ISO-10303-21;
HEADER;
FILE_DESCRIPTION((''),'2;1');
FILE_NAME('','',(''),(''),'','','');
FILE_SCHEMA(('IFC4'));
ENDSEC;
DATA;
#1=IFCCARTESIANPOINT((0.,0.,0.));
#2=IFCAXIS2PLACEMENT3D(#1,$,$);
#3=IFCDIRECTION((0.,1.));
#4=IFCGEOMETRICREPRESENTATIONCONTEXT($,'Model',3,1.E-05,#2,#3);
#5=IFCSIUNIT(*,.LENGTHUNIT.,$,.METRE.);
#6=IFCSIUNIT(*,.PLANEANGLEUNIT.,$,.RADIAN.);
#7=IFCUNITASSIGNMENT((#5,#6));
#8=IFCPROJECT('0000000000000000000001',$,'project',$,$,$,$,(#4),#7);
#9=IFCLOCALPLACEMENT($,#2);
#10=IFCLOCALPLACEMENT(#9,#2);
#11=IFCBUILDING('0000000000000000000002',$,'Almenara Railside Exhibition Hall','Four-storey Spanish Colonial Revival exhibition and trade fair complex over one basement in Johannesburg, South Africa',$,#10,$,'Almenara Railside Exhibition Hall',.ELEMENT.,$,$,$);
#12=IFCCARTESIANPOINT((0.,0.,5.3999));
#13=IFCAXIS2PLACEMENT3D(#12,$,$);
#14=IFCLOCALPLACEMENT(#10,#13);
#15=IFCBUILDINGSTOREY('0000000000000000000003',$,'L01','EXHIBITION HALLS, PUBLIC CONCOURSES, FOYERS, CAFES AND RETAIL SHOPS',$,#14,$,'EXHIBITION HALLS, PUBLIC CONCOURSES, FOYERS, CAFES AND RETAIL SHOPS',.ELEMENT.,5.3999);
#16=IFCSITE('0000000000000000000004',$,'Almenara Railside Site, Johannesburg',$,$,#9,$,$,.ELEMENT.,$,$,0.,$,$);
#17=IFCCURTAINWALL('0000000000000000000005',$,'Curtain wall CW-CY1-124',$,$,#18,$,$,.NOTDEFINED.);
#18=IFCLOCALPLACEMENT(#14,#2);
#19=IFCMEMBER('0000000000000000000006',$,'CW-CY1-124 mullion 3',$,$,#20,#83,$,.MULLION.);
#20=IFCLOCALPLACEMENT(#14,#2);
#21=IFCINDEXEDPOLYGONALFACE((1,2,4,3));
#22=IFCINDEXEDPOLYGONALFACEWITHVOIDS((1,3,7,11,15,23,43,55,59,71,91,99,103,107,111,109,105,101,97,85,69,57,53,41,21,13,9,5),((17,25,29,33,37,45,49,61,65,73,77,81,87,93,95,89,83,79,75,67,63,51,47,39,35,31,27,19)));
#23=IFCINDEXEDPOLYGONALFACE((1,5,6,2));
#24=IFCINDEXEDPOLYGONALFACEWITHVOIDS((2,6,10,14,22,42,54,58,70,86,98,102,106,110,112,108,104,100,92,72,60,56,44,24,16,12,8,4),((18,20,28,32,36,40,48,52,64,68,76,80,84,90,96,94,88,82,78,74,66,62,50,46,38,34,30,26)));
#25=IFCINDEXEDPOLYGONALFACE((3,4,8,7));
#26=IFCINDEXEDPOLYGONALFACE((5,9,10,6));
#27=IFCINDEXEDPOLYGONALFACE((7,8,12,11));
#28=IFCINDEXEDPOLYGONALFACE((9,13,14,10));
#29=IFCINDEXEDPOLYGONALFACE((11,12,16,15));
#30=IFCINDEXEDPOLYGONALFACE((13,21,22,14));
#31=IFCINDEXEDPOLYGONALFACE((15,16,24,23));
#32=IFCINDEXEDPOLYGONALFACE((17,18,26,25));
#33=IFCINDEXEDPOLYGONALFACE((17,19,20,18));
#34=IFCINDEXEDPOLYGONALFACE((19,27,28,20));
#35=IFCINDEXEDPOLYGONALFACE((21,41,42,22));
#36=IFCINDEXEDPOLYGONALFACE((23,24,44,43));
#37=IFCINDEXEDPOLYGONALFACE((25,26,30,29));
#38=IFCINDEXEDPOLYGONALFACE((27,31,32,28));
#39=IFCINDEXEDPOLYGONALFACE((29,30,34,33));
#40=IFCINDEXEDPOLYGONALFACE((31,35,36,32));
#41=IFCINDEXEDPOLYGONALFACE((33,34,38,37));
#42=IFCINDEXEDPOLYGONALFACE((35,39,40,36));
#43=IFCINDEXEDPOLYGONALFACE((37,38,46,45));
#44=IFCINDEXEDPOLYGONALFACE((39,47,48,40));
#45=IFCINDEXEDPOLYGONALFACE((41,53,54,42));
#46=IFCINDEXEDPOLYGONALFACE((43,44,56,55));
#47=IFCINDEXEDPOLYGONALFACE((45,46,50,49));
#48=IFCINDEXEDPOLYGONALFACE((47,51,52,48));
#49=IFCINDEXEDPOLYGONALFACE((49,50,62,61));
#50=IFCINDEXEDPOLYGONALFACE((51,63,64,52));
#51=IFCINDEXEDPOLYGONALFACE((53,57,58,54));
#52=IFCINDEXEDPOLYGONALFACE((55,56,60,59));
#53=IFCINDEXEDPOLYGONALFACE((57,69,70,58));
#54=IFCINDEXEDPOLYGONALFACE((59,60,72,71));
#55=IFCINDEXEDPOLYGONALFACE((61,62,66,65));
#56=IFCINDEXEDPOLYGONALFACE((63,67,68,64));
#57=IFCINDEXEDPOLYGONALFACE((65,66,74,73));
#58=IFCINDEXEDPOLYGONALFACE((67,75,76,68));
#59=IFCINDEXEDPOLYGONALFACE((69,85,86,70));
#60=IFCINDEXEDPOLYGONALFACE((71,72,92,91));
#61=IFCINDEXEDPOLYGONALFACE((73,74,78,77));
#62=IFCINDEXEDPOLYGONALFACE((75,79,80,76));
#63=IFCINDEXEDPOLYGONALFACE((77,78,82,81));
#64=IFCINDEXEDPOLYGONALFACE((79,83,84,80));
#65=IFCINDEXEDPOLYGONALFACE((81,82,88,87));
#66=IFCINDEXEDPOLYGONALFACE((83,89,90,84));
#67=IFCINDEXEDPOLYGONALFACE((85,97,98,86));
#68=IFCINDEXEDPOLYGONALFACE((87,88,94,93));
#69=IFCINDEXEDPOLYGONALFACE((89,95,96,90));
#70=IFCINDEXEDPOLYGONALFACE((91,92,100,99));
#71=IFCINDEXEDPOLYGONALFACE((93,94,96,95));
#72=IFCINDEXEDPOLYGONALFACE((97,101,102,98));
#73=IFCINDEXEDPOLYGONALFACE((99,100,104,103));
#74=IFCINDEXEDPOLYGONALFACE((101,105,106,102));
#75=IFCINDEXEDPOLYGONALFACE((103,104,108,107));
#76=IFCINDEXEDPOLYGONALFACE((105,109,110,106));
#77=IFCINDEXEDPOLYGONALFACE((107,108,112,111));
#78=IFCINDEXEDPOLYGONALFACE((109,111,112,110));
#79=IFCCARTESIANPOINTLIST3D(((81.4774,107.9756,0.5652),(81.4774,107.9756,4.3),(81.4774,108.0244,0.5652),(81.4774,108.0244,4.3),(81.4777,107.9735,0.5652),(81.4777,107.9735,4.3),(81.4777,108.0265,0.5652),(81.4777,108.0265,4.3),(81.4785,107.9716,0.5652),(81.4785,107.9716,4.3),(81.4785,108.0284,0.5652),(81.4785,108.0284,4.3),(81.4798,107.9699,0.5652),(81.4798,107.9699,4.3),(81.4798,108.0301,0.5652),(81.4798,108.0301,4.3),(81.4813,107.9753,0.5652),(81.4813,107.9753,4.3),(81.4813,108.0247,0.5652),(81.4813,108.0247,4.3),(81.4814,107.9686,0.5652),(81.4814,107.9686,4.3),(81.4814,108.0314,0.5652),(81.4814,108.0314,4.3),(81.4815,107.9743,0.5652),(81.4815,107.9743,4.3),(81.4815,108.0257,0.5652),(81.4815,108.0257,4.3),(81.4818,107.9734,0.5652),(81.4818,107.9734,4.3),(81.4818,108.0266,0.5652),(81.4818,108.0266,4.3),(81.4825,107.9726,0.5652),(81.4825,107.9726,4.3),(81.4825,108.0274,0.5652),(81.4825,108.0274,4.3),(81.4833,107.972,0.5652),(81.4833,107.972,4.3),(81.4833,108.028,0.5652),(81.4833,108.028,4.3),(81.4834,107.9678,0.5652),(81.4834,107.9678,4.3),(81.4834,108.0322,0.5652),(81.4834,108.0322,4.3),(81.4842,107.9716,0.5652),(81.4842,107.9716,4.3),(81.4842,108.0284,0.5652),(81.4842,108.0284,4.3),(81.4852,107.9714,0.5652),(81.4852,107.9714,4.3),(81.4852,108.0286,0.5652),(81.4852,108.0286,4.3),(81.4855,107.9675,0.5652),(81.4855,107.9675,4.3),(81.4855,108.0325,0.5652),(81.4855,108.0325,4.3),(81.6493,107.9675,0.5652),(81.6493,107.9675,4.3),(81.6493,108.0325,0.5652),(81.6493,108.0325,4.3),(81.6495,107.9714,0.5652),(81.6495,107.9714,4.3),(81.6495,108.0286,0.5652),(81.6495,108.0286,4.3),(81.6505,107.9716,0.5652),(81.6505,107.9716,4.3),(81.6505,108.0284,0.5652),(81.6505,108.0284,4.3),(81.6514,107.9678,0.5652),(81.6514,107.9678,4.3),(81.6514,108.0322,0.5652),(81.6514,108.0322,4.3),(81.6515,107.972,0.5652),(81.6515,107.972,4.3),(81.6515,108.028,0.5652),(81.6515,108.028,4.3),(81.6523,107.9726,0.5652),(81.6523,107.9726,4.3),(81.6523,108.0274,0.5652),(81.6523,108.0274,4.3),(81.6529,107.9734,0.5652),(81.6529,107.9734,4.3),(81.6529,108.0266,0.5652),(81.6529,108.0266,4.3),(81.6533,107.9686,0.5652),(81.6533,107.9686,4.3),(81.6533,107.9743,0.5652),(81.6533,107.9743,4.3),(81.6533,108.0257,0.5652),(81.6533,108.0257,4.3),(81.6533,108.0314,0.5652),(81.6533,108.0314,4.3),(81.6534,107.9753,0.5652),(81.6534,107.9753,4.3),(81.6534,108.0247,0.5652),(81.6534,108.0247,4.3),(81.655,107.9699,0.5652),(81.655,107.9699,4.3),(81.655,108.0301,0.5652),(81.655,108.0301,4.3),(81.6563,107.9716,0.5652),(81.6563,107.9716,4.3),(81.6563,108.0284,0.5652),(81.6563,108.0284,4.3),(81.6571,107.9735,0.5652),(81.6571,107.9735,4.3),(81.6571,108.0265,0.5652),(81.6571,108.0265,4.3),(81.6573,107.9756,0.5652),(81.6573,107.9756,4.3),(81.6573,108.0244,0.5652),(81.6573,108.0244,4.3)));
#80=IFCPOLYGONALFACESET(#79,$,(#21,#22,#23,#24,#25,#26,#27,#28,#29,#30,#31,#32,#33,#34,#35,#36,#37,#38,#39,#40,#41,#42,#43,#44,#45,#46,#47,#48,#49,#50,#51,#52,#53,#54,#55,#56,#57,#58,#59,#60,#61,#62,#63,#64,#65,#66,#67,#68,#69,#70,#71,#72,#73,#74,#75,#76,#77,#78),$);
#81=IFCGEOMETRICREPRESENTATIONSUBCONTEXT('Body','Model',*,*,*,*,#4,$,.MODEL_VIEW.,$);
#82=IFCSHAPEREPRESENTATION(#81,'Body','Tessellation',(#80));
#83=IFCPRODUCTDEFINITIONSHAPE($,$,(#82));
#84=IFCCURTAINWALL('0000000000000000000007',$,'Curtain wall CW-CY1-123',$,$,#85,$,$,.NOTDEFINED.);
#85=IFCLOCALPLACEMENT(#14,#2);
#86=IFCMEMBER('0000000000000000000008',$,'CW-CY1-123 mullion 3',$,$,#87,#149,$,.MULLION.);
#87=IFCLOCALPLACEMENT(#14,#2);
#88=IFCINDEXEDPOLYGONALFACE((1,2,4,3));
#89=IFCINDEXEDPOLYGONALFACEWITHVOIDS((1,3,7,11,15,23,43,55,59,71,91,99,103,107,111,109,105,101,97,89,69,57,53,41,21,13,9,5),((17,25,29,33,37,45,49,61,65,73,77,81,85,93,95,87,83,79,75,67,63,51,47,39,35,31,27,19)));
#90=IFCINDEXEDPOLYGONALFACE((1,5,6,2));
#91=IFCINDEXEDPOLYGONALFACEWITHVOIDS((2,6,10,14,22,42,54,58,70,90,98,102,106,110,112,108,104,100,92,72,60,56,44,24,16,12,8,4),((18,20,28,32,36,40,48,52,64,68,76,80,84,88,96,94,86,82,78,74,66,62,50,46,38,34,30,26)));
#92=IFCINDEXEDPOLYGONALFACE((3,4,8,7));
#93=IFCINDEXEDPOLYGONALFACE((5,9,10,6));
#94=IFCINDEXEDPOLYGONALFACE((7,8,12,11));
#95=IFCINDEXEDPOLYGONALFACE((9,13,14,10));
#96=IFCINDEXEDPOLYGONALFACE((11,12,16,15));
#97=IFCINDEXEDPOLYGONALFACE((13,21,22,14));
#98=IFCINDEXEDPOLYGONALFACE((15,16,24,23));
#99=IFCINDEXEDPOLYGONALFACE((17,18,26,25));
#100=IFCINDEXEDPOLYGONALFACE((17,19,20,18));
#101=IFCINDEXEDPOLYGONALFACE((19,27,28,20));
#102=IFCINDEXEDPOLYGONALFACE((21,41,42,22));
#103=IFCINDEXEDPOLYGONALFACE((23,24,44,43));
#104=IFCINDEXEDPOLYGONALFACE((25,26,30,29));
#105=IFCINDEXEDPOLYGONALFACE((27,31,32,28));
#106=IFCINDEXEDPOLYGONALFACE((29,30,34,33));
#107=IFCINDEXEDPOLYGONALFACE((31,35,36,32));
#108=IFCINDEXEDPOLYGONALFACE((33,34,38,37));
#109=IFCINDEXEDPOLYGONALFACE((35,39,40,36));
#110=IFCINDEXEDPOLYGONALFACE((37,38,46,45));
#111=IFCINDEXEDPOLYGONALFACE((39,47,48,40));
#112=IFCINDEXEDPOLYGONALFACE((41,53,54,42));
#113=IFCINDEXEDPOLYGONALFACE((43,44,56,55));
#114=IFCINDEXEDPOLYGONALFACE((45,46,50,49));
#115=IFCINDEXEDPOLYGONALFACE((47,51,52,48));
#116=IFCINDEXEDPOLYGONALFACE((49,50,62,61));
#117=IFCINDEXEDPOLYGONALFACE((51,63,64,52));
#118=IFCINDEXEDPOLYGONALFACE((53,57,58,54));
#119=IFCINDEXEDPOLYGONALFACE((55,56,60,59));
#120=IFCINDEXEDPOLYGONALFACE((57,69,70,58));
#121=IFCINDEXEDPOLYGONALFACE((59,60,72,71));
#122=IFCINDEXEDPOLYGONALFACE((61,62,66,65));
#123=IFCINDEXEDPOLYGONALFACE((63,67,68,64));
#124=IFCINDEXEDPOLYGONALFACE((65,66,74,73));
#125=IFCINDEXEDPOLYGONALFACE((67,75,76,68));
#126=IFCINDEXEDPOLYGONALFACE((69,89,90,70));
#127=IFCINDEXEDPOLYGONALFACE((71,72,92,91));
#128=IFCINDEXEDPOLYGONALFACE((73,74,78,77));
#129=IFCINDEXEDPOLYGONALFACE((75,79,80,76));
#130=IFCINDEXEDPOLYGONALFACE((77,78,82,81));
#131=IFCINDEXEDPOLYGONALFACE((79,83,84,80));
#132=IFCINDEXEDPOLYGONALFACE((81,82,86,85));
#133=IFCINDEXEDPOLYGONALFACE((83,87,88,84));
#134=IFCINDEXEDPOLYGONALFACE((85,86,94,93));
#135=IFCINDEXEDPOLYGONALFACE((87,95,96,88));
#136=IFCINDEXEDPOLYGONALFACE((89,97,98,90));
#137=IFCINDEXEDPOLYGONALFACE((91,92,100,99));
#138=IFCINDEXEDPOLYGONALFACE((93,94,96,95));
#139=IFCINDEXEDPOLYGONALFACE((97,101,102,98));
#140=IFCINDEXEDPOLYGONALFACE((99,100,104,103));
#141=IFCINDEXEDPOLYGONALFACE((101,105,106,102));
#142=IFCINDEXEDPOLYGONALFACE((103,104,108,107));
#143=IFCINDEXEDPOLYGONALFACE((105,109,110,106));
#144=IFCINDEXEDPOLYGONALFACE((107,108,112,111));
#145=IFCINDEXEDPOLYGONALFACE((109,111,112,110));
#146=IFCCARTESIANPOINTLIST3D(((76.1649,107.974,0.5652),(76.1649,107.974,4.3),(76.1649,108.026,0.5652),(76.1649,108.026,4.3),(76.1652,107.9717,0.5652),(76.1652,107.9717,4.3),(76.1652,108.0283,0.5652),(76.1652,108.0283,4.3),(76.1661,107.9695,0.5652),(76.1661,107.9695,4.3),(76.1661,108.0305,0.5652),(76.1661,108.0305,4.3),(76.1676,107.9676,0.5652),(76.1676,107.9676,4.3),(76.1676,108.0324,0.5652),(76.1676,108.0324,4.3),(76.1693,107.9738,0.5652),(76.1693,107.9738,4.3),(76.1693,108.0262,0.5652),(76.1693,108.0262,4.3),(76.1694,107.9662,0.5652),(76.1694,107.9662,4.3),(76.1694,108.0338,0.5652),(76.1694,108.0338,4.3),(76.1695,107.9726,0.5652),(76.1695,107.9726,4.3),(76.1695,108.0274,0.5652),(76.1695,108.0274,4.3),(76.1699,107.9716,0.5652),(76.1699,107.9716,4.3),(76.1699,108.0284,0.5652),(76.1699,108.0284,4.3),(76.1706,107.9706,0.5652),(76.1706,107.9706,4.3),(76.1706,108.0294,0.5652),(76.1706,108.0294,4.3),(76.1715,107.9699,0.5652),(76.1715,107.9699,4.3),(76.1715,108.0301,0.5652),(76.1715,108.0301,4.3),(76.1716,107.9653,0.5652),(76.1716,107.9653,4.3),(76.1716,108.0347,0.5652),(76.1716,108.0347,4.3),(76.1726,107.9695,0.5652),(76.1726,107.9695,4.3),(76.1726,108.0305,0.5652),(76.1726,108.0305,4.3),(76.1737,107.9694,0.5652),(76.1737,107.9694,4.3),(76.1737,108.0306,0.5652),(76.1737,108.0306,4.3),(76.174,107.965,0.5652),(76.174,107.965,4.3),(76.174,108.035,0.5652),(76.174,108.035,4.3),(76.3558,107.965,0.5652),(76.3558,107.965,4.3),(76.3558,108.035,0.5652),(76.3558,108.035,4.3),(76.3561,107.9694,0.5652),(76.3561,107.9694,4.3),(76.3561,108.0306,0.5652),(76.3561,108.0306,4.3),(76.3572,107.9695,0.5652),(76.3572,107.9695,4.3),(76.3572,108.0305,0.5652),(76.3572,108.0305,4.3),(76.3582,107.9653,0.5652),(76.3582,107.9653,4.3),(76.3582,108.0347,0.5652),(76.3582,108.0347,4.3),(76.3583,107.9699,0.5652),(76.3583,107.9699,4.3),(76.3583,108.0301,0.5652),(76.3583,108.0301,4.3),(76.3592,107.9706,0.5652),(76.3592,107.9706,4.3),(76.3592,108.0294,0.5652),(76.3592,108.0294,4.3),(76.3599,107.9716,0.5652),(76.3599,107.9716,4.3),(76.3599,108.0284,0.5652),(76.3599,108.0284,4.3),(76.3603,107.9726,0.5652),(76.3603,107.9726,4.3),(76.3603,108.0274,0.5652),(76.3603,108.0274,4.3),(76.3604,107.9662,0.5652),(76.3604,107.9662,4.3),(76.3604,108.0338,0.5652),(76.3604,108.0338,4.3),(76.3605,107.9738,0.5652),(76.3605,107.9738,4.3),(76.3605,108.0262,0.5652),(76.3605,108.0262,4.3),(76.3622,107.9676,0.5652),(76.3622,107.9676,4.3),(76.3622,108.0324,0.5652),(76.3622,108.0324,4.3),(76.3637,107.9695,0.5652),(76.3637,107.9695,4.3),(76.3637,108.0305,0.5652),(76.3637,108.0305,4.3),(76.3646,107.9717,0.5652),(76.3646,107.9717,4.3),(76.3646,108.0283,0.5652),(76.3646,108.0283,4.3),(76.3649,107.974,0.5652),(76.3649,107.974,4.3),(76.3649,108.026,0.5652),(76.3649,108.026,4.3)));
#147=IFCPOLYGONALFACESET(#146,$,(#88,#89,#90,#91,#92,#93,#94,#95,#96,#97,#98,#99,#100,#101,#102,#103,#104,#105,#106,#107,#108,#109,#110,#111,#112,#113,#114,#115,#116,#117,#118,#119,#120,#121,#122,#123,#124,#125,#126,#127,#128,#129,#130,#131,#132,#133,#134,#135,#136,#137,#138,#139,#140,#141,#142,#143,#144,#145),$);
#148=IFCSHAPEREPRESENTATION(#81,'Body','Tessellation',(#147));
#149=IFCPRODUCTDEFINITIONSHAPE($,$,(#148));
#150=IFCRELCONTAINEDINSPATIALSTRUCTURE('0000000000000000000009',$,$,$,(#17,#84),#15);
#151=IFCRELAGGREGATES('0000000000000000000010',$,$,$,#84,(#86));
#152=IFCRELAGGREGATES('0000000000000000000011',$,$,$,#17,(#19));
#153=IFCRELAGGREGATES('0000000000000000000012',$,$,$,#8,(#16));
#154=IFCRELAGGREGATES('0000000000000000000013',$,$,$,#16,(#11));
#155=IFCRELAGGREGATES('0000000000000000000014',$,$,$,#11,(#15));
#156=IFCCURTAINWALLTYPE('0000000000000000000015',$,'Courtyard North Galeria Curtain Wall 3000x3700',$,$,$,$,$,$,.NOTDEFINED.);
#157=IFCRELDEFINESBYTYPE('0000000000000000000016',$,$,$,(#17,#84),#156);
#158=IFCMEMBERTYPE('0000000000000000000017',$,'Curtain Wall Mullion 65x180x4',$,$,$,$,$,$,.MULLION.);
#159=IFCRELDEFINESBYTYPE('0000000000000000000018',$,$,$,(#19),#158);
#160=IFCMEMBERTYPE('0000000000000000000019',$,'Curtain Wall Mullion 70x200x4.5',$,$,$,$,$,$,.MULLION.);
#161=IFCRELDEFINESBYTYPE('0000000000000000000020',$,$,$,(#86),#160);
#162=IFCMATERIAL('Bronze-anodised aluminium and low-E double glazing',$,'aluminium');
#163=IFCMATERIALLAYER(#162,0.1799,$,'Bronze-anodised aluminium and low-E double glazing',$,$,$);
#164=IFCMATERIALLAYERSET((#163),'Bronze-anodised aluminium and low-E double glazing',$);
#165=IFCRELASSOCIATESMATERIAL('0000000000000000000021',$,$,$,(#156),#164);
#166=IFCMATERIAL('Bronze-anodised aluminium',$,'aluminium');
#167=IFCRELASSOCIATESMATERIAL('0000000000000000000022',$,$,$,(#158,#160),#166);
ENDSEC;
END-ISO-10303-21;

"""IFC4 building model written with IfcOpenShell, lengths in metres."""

from ifc_helpers import new_model, si_unit, direction, frame, origin, origin_2d, place, context, subcontext, project, spatial, hollow_rectangle, extrude, material, layer, layer_set, material_profile, profile_set, type_object, element, aggregate, save


model = new_model("IFC4")

# Units and contexts
model_context = context("Model", 3, precision=1e-05, world=origin(), true_north=direction((0.0, 1.0)))
body_context = subcontext(model_context, "Body", "Model", "MODEL_VIEW")
ifc_project = project(units=[si_unit("LENGTHUNIT", "METRE"), si_unit("PLANEANGLEUNIT", "RADIAN")], contexts=[model_context])

# Site, building, storey
site_placement = place(None, origin())
site = spatial("IfcSite", under=ifc_project, at=site_placement, Name="Almenara Railside Site, Johannesburg", CompositionType="ELEMENT", RefElevation=0.0)
building_placement = place(site_placement, origin())
building = spatial("IfcBuilding", under=site, at=building_placement, Name="Almenara Railside Exhibition Hall", Description="Four-storey Spanish Colonial Revival exhibition and trade fair complex over one basement in Johannesburg, South Africa", LongName="Almenara Railside Exhibition Hall", CompositionType="ELEMENT")
storey_placement = place(building_placement, frame((0.0, 0.0, 5.3999)))
storey = spatial("IfcBuildingStorey", under=building, at=storey_placement, Name="L01", Description="EXHIBITION HALLS, PUBLIC CONCOURSES, FOYERS, CAFES AND RETAIL SHOPS", LongName="EXHIBITION HALLS, PUBLIC CONCOURSES, FOYERS, CAFES AND RETAIL SHOPS", CompositionType="ELEMENT", Elevation=5.3999)

# Curtain wall, member
ifc_material_1 = material(Name="Bronze-anodised aluminium and low-E double glazing", Category="aluminium")
ifc_layer_1 = layer(ifc_material_1, 0.1799, Name="Bronze-anodised aluminium and low-E double glazing")
ifc_layer_set_1 = layer_set([ifc_layer_1], Name="Bronze-anodised aluminium and low-E double glazing")
curtain_wall_type = type_object("IfcCurtainWallType", Name="Courtyard North Galeria Curtain Wall 3000x3700", PredefinedType="NOTDEFINED", material=ifc_layer_set_1)
curtain_wall_1_placement = place(storey_placement, origin())
curtain_wall_1 = element("IfcCurtainWall", 1, at=curtain_wall_1_placement, inside=storey, type_object=curtain_wall_type, Name="Curtain wall CW-CY1-124", PredefinedType="NOTDEFINED")
ifc_material_2 = material(Name="Bronze-anodised aluminium", Category="aluminium")
ifc_material_profile_1 = material_profile(ifc_material_2, hollow_rectangle(XDim=0.0649, YDim=0.1799, WallThickness=0.0039, InnerFilletRadius=0.0039, OuterFilletRadius=0.0081, at=origin_2d()), Name="ALU-MUL 65x180x4")
ifc_profile_set_1 = profile_set([ifc_material_profile_1], Name="Bronze-anodised aluminium")
member_type_1 = type_object("IfcMemberType", Name="Curtain Wall Mullion 65x180x4", PredefinedType="MULLION", material=ifc_profile_set_1)
member_1_placement = place(storey_placement, frame((81.5674, 108.0, 0.5652), z_axis=(0.0, 0.0, 1.0), x_axis=(0.0, 1.0, 0.0)))
member_1 = element("IfcMember", 2, at=member_1_placement, type_object=member_type_1, Name="CW-CY1-124 mullion 3", PredefinedType="MULLION", context=body_context, shape_type="SweptSolid", body=[
    extrude(hollow_rectangle(XDim=0.0649, YDim=0.1799, WallThickness=0.0039, InnerFilletRadius=0.0039, OuterFilletRadius=0.0081, at=origin_2d()), origin(), (0.0, 0.0, 1.0), 3.7349),
])

# Curtain wall, member
curtain_wall_2_placement = place(storey_placement, origin())
curtain_wall_2 = element("IfcCurtainWall", 3, at=curtain_wall_2_placement, inside=storey, type_object=curtain_wall_type, Name="Curtain wall CW-CY1-123", PredefinedType="NOTDEFINED")
ifc_material_profile_2 = material_profile(ifc_material_2, hollow_rectangle(XDim=0.0701, YDim=0.2, WallThickness=0.0044, InnerFilletRadius=0.0044, OuterFilletRadius=0.009, at=origin_2d()), Name="ALU-MUL 70x200x4.5")
ifc_profile_set_2 = profile_set([ifc_material_profile_2], Name="Bronze-anodised aluminium")
member_type_2 = type_object("IfcMemberType", Name="Curtain Wall Mullion 70x200x4.5", PredefinedType="MULLION", material=ifc_profile_set_2)
member_2_placement = place(storey_placement, frame((76.2649, 108.0, 0.5652), z_axis=(0.0, 0.0, 1.0), x_axis=(0.0, 1.0, 0.0)))
member_2 = element("IfcMember", 4, at=member_2_placement, type_object=member_type_2, Name="CW-CY1-123 mullion 3", PredefinedType="MULLION", context=body_context, shape_type="SweptSolid", body=[
    extrude(hollow_rectangle(XDim=0.0701, YDim=0.2, WallThickness=0.0044, InnerFilletRadius=0.0044, OuterFilletRadius=0.009, at=origin_2d()), origin(), (0.0, 0.0, 1.0), 3.7349),
])

aggregate(curtain_wall_2, [member_2])
aggregate(curtain_wall_1, [member_1])

save(model, "model.ifc")
